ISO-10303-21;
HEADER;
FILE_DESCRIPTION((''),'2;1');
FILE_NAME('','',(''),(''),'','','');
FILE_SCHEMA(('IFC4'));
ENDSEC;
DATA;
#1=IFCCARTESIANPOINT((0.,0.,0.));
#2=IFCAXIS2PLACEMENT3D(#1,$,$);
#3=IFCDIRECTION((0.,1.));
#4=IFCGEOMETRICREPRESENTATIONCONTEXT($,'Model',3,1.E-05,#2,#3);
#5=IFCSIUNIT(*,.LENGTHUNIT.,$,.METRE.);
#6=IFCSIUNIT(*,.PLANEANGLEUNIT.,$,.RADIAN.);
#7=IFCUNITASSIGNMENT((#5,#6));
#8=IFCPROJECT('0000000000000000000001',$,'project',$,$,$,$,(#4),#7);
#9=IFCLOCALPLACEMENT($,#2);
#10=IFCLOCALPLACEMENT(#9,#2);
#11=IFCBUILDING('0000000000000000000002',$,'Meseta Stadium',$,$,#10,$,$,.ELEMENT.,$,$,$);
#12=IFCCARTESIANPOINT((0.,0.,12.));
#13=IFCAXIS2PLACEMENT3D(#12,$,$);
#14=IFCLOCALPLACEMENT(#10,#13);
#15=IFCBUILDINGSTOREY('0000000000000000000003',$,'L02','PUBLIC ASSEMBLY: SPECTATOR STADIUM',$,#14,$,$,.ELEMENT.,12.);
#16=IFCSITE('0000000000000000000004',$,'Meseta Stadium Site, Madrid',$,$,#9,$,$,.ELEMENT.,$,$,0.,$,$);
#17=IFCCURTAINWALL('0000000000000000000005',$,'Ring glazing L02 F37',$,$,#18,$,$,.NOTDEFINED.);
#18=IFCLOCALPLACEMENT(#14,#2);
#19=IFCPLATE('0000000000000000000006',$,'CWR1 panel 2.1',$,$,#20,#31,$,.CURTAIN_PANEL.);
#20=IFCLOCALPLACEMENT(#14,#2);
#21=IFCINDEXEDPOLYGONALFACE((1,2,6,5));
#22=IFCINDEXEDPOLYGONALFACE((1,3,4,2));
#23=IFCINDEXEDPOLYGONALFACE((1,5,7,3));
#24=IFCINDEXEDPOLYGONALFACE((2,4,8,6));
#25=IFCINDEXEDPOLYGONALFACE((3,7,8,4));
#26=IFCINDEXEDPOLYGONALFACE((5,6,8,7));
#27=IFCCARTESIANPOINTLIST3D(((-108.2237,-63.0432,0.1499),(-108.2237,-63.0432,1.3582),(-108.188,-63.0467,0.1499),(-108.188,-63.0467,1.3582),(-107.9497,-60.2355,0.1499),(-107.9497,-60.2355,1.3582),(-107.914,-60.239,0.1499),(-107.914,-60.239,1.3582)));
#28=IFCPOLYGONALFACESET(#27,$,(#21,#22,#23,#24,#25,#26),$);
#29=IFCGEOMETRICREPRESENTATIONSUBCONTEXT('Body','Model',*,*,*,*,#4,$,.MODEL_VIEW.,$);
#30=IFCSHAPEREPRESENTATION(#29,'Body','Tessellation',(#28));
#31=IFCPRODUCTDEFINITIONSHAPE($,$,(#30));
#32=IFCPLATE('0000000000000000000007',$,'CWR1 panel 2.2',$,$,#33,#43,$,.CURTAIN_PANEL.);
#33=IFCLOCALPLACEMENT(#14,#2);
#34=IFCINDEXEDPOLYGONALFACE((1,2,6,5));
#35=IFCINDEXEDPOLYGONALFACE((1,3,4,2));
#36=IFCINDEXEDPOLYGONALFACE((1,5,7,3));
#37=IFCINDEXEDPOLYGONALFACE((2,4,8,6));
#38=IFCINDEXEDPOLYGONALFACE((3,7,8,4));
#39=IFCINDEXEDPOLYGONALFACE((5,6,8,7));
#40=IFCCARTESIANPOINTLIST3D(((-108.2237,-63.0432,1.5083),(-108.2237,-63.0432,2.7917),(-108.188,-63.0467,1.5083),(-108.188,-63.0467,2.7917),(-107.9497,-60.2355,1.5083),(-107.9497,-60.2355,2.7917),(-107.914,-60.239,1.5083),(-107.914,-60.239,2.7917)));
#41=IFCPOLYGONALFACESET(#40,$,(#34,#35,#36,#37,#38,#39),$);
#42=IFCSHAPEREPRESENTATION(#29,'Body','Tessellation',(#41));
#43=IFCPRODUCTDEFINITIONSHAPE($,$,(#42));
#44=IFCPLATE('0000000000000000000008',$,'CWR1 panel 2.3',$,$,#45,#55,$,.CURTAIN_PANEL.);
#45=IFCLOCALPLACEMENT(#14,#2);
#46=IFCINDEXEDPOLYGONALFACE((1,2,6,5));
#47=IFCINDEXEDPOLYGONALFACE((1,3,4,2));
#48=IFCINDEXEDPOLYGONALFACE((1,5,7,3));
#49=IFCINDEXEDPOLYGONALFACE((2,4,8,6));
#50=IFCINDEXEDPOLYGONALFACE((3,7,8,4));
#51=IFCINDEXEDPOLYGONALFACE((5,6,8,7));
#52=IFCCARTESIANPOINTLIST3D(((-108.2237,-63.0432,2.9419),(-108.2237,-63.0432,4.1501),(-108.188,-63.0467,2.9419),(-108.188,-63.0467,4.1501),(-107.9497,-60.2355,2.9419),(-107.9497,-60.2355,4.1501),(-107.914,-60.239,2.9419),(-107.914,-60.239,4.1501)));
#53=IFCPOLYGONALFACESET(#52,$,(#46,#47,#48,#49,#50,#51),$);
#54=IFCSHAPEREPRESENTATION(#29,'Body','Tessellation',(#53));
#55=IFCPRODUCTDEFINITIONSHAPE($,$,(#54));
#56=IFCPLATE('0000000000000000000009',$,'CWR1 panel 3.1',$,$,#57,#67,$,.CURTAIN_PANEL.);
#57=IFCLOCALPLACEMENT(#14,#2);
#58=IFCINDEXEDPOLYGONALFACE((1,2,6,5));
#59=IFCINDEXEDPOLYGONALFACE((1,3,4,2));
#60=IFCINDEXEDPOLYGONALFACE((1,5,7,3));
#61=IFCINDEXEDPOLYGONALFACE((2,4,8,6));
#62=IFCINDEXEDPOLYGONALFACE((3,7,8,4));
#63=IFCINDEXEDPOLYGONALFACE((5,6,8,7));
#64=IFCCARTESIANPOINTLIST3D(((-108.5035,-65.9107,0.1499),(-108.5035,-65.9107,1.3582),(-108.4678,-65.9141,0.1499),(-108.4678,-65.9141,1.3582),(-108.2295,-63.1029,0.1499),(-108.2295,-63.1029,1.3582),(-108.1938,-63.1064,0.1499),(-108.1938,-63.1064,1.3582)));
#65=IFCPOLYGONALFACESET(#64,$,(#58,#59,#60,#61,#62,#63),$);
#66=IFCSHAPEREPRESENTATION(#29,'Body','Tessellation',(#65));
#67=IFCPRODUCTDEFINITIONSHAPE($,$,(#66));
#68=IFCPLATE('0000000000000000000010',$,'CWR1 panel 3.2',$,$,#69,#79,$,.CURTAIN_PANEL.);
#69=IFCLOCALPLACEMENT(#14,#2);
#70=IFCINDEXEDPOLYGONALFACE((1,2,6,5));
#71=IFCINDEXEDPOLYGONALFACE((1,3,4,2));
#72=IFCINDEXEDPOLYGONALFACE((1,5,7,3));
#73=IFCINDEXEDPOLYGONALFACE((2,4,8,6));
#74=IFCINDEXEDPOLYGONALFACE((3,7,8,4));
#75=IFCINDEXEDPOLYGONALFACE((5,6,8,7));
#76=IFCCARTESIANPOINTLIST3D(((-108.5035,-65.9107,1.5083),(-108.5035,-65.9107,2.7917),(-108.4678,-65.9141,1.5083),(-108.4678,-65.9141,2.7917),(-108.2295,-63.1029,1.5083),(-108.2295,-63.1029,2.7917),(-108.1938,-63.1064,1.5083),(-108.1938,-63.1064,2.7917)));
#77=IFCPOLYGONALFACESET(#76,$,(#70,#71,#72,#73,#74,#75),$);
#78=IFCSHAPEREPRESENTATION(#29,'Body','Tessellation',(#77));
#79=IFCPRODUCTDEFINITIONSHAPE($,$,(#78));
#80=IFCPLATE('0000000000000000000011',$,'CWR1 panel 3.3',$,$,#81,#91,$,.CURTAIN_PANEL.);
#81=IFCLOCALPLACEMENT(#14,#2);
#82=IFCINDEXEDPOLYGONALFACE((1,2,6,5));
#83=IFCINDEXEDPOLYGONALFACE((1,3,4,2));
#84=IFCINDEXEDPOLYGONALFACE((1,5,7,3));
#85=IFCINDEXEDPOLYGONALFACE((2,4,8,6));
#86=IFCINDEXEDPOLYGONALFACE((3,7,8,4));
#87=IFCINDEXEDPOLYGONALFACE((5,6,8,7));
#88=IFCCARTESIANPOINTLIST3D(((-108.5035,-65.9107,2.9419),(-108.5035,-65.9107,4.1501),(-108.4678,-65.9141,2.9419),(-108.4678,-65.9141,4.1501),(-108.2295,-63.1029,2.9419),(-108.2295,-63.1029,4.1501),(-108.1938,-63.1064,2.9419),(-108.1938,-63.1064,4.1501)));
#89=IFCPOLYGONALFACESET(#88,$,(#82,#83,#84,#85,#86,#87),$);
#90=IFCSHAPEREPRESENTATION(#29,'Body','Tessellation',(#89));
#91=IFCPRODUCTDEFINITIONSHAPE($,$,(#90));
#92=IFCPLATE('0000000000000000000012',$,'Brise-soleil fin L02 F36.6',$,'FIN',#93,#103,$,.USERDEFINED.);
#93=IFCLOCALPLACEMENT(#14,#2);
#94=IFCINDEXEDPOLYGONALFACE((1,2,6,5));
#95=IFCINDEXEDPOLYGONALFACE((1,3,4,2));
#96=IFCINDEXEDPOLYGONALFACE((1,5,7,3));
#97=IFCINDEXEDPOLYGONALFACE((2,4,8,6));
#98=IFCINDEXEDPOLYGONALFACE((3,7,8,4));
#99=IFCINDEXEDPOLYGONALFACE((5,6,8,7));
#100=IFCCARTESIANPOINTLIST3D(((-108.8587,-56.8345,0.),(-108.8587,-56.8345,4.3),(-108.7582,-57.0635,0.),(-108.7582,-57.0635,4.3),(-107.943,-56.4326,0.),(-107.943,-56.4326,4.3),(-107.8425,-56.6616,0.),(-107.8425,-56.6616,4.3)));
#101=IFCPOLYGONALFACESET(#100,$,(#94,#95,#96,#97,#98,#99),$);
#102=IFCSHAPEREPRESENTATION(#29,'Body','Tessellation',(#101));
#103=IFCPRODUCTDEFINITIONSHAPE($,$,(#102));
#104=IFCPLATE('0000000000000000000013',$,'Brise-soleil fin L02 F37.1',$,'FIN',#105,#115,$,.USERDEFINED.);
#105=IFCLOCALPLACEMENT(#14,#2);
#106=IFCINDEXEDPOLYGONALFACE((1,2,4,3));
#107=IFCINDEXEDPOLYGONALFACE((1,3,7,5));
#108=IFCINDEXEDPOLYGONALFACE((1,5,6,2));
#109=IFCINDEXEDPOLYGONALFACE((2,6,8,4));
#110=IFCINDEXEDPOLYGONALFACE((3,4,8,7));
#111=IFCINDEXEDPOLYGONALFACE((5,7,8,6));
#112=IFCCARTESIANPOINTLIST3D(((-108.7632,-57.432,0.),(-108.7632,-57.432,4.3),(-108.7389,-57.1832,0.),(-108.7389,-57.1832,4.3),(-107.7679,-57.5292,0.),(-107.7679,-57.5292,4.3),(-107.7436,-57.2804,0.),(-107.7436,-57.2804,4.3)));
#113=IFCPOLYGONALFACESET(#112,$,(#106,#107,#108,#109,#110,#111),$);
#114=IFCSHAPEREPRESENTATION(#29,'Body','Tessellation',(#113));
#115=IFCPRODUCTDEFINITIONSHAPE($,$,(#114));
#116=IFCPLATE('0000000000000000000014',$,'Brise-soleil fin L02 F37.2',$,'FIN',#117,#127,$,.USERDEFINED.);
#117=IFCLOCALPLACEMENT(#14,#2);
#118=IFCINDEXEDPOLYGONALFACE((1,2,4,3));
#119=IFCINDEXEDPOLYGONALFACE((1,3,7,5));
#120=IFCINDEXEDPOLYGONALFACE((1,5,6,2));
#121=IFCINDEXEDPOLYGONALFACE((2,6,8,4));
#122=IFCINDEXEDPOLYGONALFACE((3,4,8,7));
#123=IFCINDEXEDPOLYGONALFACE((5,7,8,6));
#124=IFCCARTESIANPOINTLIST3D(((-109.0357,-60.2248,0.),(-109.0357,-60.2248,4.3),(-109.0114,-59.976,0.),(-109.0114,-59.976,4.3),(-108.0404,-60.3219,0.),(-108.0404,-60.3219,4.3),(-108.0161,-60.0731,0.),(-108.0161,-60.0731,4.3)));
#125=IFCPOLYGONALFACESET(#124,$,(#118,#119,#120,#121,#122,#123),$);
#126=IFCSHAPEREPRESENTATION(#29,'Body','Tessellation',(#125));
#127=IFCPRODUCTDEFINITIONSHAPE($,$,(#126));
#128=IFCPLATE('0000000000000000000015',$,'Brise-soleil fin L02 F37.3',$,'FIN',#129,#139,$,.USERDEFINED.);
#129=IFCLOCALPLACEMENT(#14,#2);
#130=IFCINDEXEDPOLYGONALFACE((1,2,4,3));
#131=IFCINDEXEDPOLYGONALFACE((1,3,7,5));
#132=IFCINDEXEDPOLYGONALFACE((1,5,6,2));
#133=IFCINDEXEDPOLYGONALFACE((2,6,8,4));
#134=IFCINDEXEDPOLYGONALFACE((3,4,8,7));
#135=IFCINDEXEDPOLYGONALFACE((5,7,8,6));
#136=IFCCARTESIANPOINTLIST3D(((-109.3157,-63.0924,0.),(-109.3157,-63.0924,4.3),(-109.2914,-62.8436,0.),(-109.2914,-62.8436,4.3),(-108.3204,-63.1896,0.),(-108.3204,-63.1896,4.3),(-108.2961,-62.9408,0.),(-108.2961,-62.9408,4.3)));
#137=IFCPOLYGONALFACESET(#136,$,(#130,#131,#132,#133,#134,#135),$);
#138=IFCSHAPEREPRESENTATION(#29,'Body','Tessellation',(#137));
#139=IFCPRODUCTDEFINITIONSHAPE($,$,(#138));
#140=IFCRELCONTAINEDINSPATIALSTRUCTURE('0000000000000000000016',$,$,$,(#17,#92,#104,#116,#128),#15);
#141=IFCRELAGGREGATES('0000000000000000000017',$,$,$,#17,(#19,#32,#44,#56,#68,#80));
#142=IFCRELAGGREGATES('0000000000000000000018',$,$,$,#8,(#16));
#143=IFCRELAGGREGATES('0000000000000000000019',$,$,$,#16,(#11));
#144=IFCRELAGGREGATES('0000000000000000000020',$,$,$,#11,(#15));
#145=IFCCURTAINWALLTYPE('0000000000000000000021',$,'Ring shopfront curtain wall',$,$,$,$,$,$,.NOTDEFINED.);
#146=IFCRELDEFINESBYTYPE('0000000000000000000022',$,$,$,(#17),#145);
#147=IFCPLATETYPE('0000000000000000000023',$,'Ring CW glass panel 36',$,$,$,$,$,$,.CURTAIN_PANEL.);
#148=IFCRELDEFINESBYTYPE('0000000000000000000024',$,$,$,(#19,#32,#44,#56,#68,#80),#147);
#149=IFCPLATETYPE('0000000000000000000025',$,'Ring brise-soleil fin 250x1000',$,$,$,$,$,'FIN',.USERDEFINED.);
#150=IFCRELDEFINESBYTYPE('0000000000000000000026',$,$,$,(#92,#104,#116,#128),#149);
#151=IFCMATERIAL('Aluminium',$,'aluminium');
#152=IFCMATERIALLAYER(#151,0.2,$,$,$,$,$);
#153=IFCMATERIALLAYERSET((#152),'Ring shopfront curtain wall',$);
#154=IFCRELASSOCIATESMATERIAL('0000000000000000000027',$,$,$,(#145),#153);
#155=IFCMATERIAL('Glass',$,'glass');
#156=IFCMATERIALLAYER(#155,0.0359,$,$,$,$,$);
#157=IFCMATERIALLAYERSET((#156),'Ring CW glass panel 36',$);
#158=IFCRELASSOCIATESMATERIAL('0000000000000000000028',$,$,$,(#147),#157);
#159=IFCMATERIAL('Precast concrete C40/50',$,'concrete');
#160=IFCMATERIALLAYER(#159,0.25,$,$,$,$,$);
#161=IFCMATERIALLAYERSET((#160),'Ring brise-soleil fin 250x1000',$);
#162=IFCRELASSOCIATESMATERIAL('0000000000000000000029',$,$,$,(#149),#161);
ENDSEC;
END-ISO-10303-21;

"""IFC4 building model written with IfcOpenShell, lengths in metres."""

from ifc_helpers import new_model, si_unit, direction, frame, origin, origin_2d, place, context, subcontext, project, spatial, rectangle, extrude, material, layer, layer_set, type_object, element, aggregate, save


model = new_model("IFC4")

# Units and contexts
model_context = context("Model", 3, precision=1e-05, world=origin(), true_north=direction((0.0, 1.0)))
body_context = subcontext(model_context, "Body", "Model", "MODEL_VIEW")
ifc_project = project(units=[si_unit("LENGTHUNIT", "METRE"), si_unit("PLANEANGLEUNIT", "RADIAN")], contexts=[model_context])

# Site, building, storey
site_placement = place(None, origin())
site = spatial("IfcSite", under=ifc_project, at=site_placement, Name="Meseta Stadium Site, Madrid", CompositionType="ELEMENT", RefElevation=0.0)
building_placement = place(site_placement, origin())
building = spatial("IfcBuilding", under=site, at=building_placement, Name="Meseta Stadium", CompositionType="ELEMENT")
storey_placement = place(building_placement, frame((0.0, 0.0, 12.0)))
storey = spatial("IfcBuildingStorey", under=building, at=storey_placement, Name="L02", Description="PUBLIC ASSEMBLY: SPECTATOR STADIUM", CompositionType="ELEMENT", Elevation=12.0)

# Shared definitions
ifc_material_1 = material(Name="Aluminium", Category="aluminium")
ifc_layer_1 = layer(ifc_material_1, 0.2)
ifc_layer_set_1 = layer_set([ifc_layer_1], Name="Ring shopfront curtain wall")
curtain_wall_type = type_object("IfcCurtainWallType", Name="Ring shopfront curtain wall", PredefinedType="NOTDEFINED", material=ifc_layer_set_1)

# Curtain wall, plates
curtain_wall_1_placement = place(storey_placement, origin())
curtain_wall_1 = element("IfcCurtainWall", 1, at=curtain_wall_1_placement, inside=storey, type_object=curtain_wall_type, Name="Ring glazing L02 F37", PredefinedType="NOTDEFINED")
ifc_material_2 = material(Name="Glass", Category="glass")
ifc_layer_2 = layer(ifc_material_2, 0.0359)
ifc_layer_set_2 = layer_set([ifc_layer_2], Name="Ring CW glass panel 36")
plate_type_1 = type_object("IfcPlateType", Name="Ring CW glass panel 36", PredefinedType="CURTAIN_PANEL", material=ifc_layer_set_2)
plate_1_placement = place(storey_placement, frame((-108.0688, -61.6411, 0.1499), z_axis=(0.0, 0.0, 1.0), x_axis=(-0.097125, -0.995272, 0.0)))
plate_1 = element("IfcPlate", 2, at=plate_1_placement, type_object=plate_type_1, Name="CWR1 panel 2.1", PredefinedType="CURTAIN_PANEL", context=body_context, shape_type="SweptSolid", body=[
    extrude(rectangle(XDim=2.821, YDim=0.0359, at=origin_2d()), origin(), (0.0, 0.0, 1.0), 1.2083),
])
plate_2_placement = place(storey_placement, frame((-108.0688, -61.6411, 1.5083), z_axis=(0.0, 0.0, 1.0), x_axis=(-0.097125, -0.995272, 0.0)))
plate_2 = element("IfcPlate", 3, at=plate_2_placement, type_object=plate_type_1, Name="CWR1 panel 2.2", PredefinedType="CURTAIN_PANEL", context=body_context, shape_type="SweptSolid", body=[
    extrude(rectangle(XDim=2.821, YDim=0.0359, at=origin_2d()), origin(), (0.0, 0.0, 1.0), 1.2834),
])
plate_3_placement = place(storey_placement, frame((-108.0688, -61.6411, 2.9419), z_axis=(0.0, 0.0, 1.0), x_axis=(-0.097125, -0.995272, 0.0)))
plate_3 = element("IfcPlate", 4, at=plate_3_placement, type_object=plate_type_1, Name="CWR1 panel 2.3", PredefinedType="CURTAIN_PANEL", context=body_context, shape_type="SweptSolid", body=[
    extrude(rectangle(XDim=2.821, YDim=0.0359, at=origin_2d()), origin(), (0.0, 0.0, 1.0), 1.2083),
])
plate_4_placement = place(storey_placement, frame((-108.3486, -64.5085, 0.1499), z_axis=(0.0, 0.0, 1.0), x_axis=(-0.097125, -0.995272, 0.0)))
plate_4 = element("IfcPlate", 5, at=plate_4_placement, type_object=plate_type_1, Name="CWR1 panel 3.1", PredefinedType="CURTAIN_PANEL", context=body_context, shape_type="SweptSolid", body=[
    extrude(rectangle(XDim=2.821, YDim=0.0359, at=origin_2d()), origin(), (0.0, 0.0, 1.0), 1.2083),
])
plate_5_placement = place(storey_placement, frame((-108.3486, -64.5085, 1.5083), z_axis=(0.0, 0.0, 1.0), x_axis=(-0.097125, -0.995272, 0.0)))
plate_5 = element("IfcPlate", 6, at=plate_5_placement, type_object=plate_type_1, Name="CWR1 panel 3.2", PredefinedType="CURTAIN_PANEL", context=body_context, shape_type="SweptSolid", body=[
    extrude(rectangle(XDim=2.821, YDim=0.0359, at=origin_2d()), origin(), (0.0, 0.0, 1.0), 1.2834),
])
plate_6_placement = place(storey_placement, frame((-108.3486, -64.5085, 2.9419), z_axis=(0.0, 0.0, 1.0), x_axis=(-0.097125, -0.995272, 0.0)))
plate_6 = element("IfcPlate", 7, at=plate_6_placement, type_object=plate_type_1, Name="CWR1 panel 3.3", PredefinedType="CURTAIN_PANEL", context=body_context, shape_type="SweptSolid", body=[
    extrude(rectangle(XDim=2.821, YDim=0.0359, at=origin_2d()), origin(), (0.0, 0.0, 1.0), 1.2083),
])
aggregate(curtain_wall_1, [plate_1, plate_2, plate_3, plate_4, plate_5, plate_6])

# Plates
ifc_material_3 = material(Name="Precast concrete C40/50", Category="concrete")
ifc_layer_3 = layer(ifc_material_3, 0.25)
ifc_layer_set_3 = layer_set([ifc_layer_3], Name="Ring brise-soleil fin 250x1000")
plate_type_2 = type_object("IfcPlateType", Name="Ring brise-soleil fin 250x1000", ElementType="FIN", PredefinedType="USERDEFINED", material=ifc_layer_set_3)
for number, where, z_axis, x_axis, name in (
    (8, (-108.3506, -56.748, 0.0), (0.0, 0.0, 1.0), (0.401892, -0.915687, 0.0), "Brise-soleil fin L02 F36.6"),
    (9, (-108.2534, -57.3562, 0.0), (0.0, 0.0, 1.0), (-0.097123, -0.995272, 0.0), "Brise-soleil fin L02 F37.1"),
    (10, (-108.5259, -60.1489, 0.0), (0.0, 0.0, 1.0), (-0.097123, -0.995272, 0.0), "Brise-soleil fin L02 F37.2"),
    (11, (-108.8059, -63.0166, 0.0), (0.0, 0.0, 1.0), (-0.097123, -0.995272, 0.0), "Brise-soleil fin L02 F37.3"),
):
    element("IfcPlate", number, at=place(storey_placement, frame(where, z_axis=z_axis, x_axis=x_axis)), inside=storey, type_object=plate_type_2, Name=name, ObjectType="FIN", PredefinedType="USERDEFINED", context=body_context, shape_type="SweptSolid", body=[
        extrude(rectangle(XDim=0.25, YDim=1.0, at=origin_2d()), origin(), (0.0, 0.0, 1.0), 4.3),
    ])

save(model, "model.ifc")
